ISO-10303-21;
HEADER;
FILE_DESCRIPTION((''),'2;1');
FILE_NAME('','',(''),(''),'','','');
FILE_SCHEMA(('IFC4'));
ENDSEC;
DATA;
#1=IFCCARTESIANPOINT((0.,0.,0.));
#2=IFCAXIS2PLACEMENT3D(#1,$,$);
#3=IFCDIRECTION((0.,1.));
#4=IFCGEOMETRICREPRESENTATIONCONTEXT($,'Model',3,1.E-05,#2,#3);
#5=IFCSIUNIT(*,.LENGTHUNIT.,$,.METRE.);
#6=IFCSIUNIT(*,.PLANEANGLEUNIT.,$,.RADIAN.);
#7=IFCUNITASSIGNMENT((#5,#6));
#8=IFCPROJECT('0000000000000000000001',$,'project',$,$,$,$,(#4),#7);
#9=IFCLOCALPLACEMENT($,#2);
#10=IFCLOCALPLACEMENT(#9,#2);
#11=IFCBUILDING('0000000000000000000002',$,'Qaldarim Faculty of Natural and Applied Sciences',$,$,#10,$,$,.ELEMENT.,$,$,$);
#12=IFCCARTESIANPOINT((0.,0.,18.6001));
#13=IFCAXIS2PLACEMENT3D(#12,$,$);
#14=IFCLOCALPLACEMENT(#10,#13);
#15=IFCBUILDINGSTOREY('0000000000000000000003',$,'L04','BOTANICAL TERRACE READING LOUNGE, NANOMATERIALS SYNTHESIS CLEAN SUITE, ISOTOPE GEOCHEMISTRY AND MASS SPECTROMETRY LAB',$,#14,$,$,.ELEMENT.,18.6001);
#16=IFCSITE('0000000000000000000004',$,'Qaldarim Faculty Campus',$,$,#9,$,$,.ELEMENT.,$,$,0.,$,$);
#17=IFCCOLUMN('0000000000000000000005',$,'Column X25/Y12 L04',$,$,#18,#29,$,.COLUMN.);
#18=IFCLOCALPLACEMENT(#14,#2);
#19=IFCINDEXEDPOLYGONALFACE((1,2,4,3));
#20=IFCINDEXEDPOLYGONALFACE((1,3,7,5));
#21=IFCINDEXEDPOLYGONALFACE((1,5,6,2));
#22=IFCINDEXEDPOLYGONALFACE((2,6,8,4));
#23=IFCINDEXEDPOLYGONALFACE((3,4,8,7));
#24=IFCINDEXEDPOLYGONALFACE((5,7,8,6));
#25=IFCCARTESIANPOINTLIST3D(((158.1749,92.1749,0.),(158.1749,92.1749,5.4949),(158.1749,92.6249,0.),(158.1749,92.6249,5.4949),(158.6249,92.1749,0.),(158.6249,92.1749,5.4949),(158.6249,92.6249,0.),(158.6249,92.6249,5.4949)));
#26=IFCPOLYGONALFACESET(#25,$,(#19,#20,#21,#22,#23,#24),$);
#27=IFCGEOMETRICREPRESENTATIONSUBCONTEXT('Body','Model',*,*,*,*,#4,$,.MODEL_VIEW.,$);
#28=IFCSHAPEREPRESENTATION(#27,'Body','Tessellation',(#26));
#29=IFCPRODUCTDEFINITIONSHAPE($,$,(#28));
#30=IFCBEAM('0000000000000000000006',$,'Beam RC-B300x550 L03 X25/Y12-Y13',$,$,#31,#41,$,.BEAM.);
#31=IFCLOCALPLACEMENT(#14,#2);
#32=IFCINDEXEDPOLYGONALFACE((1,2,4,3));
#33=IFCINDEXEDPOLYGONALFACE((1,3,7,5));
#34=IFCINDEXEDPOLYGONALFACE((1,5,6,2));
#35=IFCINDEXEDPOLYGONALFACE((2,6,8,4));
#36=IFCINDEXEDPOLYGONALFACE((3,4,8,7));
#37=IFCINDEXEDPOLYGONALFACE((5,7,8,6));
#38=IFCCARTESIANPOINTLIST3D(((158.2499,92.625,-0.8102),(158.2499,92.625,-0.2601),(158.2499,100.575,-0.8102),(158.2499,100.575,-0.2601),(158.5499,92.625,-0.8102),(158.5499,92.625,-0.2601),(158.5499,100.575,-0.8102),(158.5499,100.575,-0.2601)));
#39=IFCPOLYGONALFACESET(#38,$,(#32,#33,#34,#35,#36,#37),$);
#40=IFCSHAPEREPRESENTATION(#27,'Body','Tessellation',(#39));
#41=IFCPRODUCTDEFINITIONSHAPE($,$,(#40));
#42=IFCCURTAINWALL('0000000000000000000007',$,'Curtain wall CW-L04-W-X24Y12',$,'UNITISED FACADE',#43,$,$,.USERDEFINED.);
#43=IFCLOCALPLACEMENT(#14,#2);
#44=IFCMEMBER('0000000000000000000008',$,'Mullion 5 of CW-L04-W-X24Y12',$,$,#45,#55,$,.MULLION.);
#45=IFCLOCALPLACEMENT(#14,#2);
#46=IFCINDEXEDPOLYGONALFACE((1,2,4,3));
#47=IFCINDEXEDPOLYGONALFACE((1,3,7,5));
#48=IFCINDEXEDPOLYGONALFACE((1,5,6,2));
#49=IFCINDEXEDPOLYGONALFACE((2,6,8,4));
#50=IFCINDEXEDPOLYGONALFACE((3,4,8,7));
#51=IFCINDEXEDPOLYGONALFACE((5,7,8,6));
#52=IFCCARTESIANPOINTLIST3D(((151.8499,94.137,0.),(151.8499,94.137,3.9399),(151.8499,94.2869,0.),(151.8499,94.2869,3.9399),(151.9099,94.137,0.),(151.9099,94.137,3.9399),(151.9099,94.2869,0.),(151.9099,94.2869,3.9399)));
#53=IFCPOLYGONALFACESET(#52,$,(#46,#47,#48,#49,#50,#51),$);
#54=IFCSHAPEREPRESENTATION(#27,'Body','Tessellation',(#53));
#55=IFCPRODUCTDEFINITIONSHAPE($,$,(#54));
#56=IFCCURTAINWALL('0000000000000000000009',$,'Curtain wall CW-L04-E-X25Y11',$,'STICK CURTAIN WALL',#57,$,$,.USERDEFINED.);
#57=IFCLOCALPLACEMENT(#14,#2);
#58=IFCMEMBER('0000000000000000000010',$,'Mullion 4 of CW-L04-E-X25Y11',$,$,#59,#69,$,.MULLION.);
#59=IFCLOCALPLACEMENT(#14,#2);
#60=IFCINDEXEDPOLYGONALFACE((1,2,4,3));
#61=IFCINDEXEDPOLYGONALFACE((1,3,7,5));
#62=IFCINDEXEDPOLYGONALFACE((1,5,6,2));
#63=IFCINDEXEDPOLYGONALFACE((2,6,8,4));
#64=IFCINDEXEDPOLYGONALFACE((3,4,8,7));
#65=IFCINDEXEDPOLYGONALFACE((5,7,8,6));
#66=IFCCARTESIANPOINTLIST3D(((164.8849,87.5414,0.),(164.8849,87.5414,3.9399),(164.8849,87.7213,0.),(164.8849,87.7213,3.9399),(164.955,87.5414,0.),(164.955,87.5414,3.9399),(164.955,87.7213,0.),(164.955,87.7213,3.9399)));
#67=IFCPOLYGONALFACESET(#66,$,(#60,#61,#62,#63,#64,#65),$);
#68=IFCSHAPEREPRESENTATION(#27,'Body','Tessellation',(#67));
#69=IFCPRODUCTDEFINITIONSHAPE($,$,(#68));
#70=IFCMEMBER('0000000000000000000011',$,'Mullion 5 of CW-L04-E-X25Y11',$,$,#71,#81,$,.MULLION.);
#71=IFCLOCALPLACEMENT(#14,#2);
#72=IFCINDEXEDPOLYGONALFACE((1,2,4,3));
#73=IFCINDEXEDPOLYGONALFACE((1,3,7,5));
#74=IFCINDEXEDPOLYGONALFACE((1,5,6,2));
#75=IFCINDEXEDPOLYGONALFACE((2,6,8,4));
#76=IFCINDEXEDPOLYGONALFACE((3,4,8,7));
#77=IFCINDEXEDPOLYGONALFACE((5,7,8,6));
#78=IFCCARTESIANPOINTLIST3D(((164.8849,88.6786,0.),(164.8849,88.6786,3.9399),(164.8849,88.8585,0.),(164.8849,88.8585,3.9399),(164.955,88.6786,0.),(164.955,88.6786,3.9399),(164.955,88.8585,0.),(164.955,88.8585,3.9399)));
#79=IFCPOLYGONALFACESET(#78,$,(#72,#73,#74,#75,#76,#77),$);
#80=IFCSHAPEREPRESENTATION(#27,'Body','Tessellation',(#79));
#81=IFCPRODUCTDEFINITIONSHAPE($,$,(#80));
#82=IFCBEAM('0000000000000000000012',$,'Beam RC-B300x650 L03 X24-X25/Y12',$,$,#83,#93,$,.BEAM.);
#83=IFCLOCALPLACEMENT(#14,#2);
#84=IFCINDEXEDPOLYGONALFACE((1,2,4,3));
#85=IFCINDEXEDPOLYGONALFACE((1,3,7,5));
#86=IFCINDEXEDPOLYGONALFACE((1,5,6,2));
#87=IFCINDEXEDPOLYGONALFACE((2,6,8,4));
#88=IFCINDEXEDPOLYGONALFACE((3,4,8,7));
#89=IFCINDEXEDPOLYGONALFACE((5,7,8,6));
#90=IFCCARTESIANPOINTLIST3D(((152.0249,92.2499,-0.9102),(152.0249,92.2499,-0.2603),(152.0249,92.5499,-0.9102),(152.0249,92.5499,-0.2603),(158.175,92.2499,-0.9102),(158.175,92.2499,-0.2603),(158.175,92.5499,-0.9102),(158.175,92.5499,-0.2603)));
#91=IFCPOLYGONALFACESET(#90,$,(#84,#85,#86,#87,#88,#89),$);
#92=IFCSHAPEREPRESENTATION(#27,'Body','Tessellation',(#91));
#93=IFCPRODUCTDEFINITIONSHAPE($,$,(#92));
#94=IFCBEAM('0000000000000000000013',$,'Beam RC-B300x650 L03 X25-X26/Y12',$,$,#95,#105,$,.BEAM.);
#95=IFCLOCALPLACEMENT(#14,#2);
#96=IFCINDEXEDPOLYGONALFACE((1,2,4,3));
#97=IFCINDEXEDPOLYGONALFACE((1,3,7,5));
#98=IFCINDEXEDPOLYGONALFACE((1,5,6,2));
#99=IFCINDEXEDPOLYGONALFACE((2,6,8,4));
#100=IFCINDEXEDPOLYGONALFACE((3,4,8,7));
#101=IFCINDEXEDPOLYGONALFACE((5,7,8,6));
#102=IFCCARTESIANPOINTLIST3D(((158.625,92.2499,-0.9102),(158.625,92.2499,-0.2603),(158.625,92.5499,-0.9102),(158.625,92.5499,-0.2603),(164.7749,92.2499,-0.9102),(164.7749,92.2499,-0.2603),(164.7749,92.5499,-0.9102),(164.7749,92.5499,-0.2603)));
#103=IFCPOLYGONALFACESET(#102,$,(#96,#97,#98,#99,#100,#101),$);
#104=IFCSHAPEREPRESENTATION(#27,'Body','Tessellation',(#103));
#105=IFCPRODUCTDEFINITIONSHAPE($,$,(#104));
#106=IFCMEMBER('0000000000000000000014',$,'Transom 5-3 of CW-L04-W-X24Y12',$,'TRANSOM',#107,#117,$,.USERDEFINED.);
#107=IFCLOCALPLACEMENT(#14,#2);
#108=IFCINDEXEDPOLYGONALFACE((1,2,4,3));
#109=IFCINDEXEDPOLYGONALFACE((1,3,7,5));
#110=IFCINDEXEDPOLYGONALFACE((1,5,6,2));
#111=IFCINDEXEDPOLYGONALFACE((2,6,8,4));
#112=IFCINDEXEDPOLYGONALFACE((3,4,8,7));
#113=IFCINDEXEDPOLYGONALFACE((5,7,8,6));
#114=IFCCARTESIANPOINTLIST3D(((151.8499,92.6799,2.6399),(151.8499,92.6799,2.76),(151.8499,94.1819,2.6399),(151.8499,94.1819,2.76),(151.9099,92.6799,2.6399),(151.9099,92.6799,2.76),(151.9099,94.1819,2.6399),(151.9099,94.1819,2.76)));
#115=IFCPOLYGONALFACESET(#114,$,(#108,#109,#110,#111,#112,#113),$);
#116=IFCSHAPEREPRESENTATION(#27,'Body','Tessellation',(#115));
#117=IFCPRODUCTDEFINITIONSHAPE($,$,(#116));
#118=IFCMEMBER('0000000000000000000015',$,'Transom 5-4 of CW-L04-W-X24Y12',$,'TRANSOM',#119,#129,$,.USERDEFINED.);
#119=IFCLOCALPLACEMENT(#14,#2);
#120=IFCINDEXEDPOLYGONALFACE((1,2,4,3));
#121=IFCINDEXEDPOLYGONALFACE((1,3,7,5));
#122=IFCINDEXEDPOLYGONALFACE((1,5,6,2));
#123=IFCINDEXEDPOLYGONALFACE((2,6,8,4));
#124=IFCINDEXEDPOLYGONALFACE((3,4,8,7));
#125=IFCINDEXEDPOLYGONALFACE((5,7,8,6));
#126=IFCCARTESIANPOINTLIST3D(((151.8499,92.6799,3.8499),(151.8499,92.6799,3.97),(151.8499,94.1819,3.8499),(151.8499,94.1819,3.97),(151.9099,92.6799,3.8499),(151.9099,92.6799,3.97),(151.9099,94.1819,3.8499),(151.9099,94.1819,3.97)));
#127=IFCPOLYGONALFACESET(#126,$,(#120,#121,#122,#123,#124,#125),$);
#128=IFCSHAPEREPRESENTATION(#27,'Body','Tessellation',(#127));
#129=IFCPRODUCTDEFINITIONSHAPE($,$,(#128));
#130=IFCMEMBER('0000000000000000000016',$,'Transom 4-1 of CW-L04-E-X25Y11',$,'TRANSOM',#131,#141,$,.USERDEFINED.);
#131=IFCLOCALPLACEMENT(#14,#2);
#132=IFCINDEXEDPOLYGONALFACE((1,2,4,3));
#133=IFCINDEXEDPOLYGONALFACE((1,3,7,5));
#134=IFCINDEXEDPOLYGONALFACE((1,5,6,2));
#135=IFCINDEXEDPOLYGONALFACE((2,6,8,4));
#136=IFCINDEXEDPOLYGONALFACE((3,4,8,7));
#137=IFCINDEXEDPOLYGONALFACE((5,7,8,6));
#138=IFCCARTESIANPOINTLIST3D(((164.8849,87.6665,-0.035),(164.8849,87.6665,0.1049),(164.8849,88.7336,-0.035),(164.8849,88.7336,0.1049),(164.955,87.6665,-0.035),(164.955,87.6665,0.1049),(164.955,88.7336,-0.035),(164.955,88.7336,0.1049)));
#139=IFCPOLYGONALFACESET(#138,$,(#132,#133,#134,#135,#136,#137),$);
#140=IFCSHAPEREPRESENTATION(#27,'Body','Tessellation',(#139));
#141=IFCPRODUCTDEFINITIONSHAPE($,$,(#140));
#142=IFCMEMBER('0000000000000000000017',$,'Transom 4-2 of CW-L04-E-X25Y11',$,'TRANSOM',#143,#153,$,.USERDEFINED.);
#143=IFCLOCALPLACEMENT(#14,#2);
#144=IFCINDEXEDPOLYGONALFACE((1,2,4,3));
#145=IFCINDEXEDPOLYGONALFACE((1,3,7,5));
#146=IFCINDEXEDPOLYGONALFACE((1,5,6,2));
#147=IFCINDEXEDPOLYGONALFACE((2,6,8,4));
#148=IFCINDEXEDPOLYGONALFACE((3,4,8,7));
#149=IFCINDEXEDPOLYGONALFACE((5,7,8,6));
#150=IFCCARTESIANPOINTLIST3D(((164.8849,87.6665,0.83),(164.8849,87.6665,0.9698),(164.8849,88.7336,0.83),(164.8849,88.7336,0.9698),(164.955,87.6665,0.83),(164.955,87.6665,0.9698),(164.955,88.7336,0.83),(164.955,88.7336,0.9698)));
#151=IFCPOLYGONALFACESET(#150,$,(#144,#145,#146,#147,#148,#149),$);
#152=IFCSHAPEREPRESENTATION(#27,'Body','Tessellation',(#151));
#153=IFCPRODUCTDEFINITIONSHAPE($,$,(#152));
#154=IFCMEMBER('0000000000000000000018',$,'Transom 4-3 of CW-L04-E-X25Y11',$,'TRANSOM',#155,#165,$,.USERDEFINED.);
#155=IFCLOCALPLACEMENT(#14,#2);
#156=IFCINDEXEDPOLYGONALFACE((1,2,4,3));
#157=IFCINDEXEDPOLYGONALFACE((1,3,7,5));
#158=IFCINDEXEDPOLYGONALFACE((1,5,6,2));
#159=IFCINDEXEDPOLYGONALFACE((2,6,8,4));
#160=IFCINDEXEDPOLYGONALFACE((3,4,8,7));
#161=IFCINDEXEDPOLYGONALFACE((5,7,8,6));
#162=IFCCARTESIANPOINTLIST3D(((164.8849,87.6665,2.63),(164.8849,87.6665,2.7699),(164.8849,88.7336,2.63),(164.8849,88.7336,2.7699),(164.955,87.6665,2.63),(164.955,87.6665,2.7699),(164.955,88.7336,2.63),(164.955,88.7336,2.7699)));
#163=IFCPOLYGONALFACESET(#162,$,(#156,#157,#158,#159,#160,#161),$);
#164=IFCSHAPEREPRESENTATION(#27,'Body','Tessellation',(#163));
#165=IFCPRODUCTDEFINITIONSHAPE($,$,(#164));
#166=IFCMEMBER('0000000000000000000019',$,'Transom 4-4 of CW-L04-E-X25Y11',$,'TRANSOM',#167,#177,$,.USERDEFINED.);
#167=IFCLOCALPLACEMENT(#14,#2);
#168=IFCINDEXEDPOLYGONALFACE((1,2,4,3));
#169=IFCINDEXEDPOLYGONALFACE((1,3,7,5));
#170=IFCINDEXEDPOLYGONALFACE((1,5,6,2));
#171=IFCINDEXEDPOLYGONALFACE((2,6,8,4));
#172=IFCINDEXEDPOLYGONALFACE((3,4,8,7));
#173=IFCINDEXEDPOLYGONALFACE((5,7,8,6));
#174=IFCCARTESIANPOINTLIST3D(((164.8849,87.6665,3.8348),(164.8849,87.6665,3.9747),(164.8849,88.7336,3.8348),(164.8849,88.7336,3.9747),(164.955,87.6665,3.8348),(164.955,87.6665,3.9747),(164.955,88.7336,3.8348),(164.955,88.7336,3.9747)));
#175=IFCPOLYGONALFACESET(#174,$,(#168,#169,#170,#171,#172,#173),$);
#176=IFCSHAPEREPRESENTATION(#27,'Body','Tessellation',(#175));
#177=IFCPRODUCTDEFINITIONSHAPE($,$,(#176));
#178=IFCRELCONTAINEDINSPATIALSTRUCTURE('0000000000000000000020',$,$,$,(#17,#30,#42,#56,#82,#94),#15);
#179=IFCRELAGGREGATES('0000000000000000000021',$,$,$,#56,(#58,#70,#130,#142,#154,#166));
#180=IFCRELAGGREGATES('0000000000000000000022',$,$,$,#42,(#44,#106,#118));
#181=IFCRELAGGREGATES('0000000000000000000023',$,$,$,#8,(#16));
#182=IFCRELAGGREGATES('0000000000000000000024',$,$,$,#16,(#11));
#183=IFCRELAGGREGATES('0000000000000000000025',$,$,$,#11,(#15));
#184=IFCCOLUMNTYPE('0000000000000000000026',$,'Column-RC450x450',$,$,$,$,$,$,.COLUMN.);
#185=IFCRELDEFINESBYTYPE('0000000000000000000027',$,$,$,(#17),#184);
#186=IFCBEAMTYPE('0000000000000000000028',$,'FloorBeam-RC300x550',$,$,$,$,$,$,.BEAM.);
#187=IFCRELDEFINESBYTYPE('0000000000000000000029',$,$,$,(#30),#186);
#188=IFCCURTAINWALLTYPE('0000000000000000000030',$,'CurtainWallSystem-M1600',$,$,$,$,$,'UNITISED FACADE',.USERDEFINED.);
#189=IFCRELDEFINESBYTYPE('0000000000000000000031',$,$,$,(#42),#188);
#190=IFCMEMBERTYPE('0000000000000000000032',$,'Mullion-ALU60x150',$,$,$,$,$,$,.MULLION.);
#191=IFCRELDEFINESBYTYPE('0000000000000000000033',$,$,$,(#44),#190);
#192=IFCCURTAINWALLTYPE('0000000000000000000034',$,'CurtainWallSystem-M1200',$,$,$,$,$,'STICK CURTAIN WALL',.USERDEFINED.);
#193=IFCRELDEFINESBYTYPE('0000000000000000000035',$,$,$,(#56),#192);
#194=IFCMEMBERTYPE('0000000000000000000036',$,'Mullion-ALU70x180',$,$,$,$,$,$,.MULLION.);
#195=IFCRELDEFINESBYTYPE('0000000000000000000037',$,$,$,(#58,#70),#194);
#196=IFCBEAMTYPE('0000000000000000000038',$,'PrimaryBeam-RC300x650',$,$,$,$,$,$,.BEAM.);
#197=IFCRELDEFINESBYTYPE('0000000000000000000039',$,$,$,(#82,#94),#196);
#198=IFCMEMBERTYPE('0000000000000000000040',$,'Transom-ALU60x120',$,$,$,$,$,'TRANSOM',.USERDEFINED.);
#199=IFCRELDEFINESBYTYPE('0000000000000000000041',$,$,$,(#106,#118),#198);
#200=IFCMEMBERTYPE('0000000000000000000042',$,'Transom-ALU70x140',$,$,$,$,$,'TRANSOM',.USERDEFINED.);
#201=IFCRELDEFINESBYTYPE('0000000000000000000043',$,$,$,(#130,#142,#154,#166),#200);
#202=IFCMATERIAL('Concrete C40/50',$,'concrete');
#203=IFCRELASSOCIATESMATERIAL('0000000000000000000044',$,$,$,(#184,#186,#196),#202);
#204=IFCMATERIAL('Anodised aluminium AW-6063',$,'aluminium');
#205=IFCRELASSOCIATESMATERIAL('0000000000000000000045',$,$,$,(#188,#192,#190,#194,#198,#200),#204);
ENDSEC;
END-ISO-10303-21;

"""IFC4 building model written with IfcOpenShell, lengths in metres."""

from ifc_helpers import new_model, si_unit, direction, frame, origin, origin_2d, place, context, subcontext, project, spatial, rectangle, extrude, material, material_profile, profile_set, type_object, element, aggregate, save


model = new_model("IFC4")

# Units and contexts
model_context = context("Model", 3, precision=1e-05, world=origin(), true_north=direction((0.0, 1.0)))
body_context = subcontext(model_context, "Body", "Model", "MODEL_VIEW")
ifc_project = project(units=[si_unit("LENGTHUNIT", "METRE"), si_unit("PLANEANGLEUNIT", "RADIAN")], contexts=[model_context])

# Site, building, storey
site_placement = place(None, origin())
site = spatial("IfcSite", under=ifc_project, at=site_placement, Name="Qaldarim Faculty Campus", CompositionType="ELEMENT", RefElevation=0.0)
building_placement = place(site_placement, origin())
building = spatial("IfcBuilding", under=site, at=building_placement, Name="Qaldarim Faculty of Natural and Applied Sciences", CompositionType="ELEMENT")
storey_placement = place(building_placement, frame((0.0, 0.0, 18.6001)))
storey = spatial("IfcBuildingStorey", under=building, at=storey_placement, Name="L04", Description="BOTANICAL TERRACE READING LOUNGE, NANOMATERIALS SYNTHESIS CLEAN SUITE, ISOTOPE GEOCHEMISTRY AND MASS SPECTROMETRY LAB", CompositionType="ELEMENT", Elevation=18.6001)

# Column
ifc_material_1 = material(Name="Concrete C40/50", Category="concrete")
ifc_material_profile_1 = material_profile(ifc_material_1, rectangle(XDim=0.45, YDim=0.45, at=origin_2d()), Name="RC-C450x450")
ifc_profile_set_1 = profile_set([ifc_material_profile_1], Name="Concrete C40/50")
column_type = type_object("IfcColumnType", Name="Column-RC450x450", PredefinedType="COLUMN", material=ifc_profile_set_1)
column_placement = place(storey_placement, frame((158.3999, 92.3999, 0.0), z_axis=(0.0, 0.0, 1.0), x_axis=(1.0, 0.0, 0.0)))
element("IfcColumn", 1, at=column_placement, inside=storey, type_object=column_type, Name="Column X25/Y12 L04", PredefinedType="COLUMN", context=body_context, shape_type="SweptSolid", body=[
    extrude(rectangle(XDim=0.45, YDim=0.45, at=origin_2d()), origin(), (0.0, 0.0, 1.0), 5.4949),
])

# Beam
ifc_material_profile_2 = material_profile(ifc_material_1, rectangle(XDim=0.3, YDim=0.55, at=origin_2d()), Name="RC-B300x550")
ifc_profile_set_2 = profile_set([ifc_material_profile_2], Name="Concrete C40/50")
beam_type_1 = type_object("IfcBeamType", Name="FloorBeam-RC300x550", PredefinedType="BEAM", material=ifc_profile_set_2)
beam_1_placement = place(storey_placement, frame((158.3999, 92.625, -0.5352), z_axis=(0.0, 1.0, 0.0), x_axis=(-1.0, 0.0, 0.0)))
element("IfcBeam", 2, at=beam_1_placement, inside=storey, type_object=beam_type_1, Name="Beam RC-B300x550 L03 X25/Y12-Y13", PredefinedType="BEAM", context=body_context, shape_type="SweptSolid", body=[
    extrude(rectangle(XDim=0.3, YDim=0.55, at=origin_2d()), origin(), (0.0, 0.0, 1.0), 7.95),
])

# Curtain wall, member
ifc_material_2 = material(Name="Anodised aluminium AW-6063", Category="aluminium")
curtain_wall_type_1 = type_object("IfcCurtainWallType", Name="CurtainWallSystem-M1600", ElementType="UNITISED FACADE", PredefinedType="USERDEFINED", material=ifc_material_2)
curtain_wall_1_placement = place(storey_placement, origin())
curtain_wall_1 = element("IfcCurtainWall", 3, at=curtain_wall_1_placement, inside=storey, type_object=curtain_wall_type_1, Name="Curtain wall CW-L04-W-X24Y12", ObjectType="UNITISED FACADE", PredefinedType="USERDEFINED")
ifc_material_profile_3 = material_profile(ifc_material_2, rectangle(XDim=0.0601, YDim=0.1499, at=origin_2d()), Name="ALU-M60x150")
ifc_profile_set_3 = profile_set([ifc_material_profile_3], Name="Anodised aluminium AW-6063")
member_type_1 = type_object("IfcMemberType", Name="Mullion-ALU60x150", PredefinedType="MULLION", material=ifc_profile_set_3)
member_1_placement = place(storey_placement, frame((151.8799, 94.2119, 0.0), z_axis=(0.0, 0.0, 1.0), x_axis=(1.0, 0.0, 0.0)))
member_1 = element("IfcMember", 4, at=member_1_placement, type_object=member_type_1, Name="Mullion 5 of CW-L04-W-X24Y12", PredefinedType="MULLION", context=body_context, shape_type="SweptSolid", body=[
    extrude(rectangle(XDim=0.0601, YDim=0.1499, at=origin_2d()), origin(), (0.0, 0.0, 1.0), 3.9399),
])

# Curtain wall, members
curtain_wall_type_2 = type_object("IfcCurtainWallType", Name="CurtainWallSystem-M1200", ElementType="STICK CURTAIN WALL", PredefinedType="USERDEFINED", material=ifc_material_2)
curtain_wall_2_placement = place(storey_placement, origin())
curtain_wall_2 = element("IfcCurtainWall", 5, at=curtain_wall_2_placement, inside=storey, type_object=curtain_wall_type_2, Name="Curtain wall CW-L04-E-X25Y11", ObjectType="STICK CURTAIN WALL", PredefinedType="USERDEFINED")
ifc_material_profile_4 = material_profile(ifc_material_2, rectangle(XDim=0.0701, YDim=0.1799, at=origin_2d()), Name="ALU-M70x180")
ifc_profile_set_4 = profile_set([ifc_material_profile_4], Name="Anodised aluminium AW-6063")
member_type_2 = type_object("IfcMemberType", Name="Mullion-ALU70x180", PredefinedType="MULLION", material=ifc_profile_set_4)
member_2_placement = place(storey_placement, frame((164.9199, 87.6313, 0.0), z_axis=(0.0, 0.0, 1.0), x_axis=(-1.0, 0.0, 0.0)))
member_2 = element("IfcMember", 6, at=member_2_placement, type_object=member_type_2, Name="Mullion 4 of CW-L04-E-X25Y11", PredefinedType="MULLION", context=body_context, shape_type="SweptSolid", body=[
    extrude(rectangle(XDim=0.0701, YDim=0.1799, at=origin_2d()), origin(), (0.0, 0.0, 1.0), 3.9399),
])
member_3_placement = place(storey_placement, frame((164.9199, 88.7686, 0.0), z_axis=(0.0, 0.0, 1.0), x_axis=(-1.0, 0.0, 0.0)))
member_3 = element("IfcMember", 7, at=member_3_placement, type_object=member_type_2, Name="Mullion 5 of CW-L04-E-X25Y11", PredefinedType="MULLION", context=body_context, shape_type="SweptSolid", body=[
    extrude(rectangle(XDim=0.0701, YDim=0.1799, at=origin_2d()), origin(), (0.0, 0.0, 1.0), 3.9399),
])

# Beams
ifc_material_profile_5 = material_profile(ifc_material_1, rectangle(XDim=0.3, YDim=0.6499, at=origin_2d()), Name="RC-B300x650")
ifc_profile_set_5 = profile_set([ifc_material_profile_5], Name="Concrete C40/50")
beam_type_2 = type_object("IfcBeamType", Name="PrimaryBeam-RC300x650", PredefinedType="BEAM", material=ifc_profile_set_5)
beam_2_placement = place(storey_placement, frame((152.0249, 92.3999, -0.5852), z_axis=(1.0, 0.0, 0.0), x_axis=(0.0, 1.0, 0.0)))
element("IfcBeam", 8, at=beam_2_placement, inside=storey, type_object=beam_type_2, Name="Beam RC-B300x650 L03 X24-X25/Y12", PredefinedType="BEAM", context=body_context, shape_type="SweptSolid", body=[
    extrude(rectangle(XDim=0.3, YDim=0.6499, at=origin_2d()), origin(), (0.0, 0.0, 1.0), 6.1501),
])
beam_3_placement = place(storey_placement, frame((158.625, 92.3999, -0.5852), z_axis=(1.0, 0.0, 0.0), x_axis=(0.0, 1.0, 0.0)))
element("IfcBeam", 9, at=beam_3_placement, inside=storey, type_object=beam_type_2, Name="Beam RC-B300x650 L03 X25-X26/Y12", PredefinedType="BEAM", context=body_context, shape_type="SweptSolid", body=[
    extrude(rectangle(XDim=0.3, YDim=0.6499, at=origin_2d()), origin(), (0.0, 0.0, 1.0), 6.1499),
])

# Members
ifc_material_profile_6 = material_profile(ifc_material_2, rectangle(XDim=0.0601, YDim=0.1201, at=origin_2d()), Name="ALU-T60x120")
ifc_profile_set_6 = profile_set([ifc_material_profile_6], Name="Anodised aluminium AW-6063")
member_type_3 = type_object("IfcMemberType", Name="Transom-ALU60x120", ElementType="TRANSOM", PredefinedType="USERDEFINED", material=ifc_profile_set_6)
member_4_placement = place(storey_placement, frame((151.8799, 94.1819, 2.7), z_axis=(0.0, -1.0, 0.0), x_axis=(1.0, 0.0, 0.0)))
member_4 = element("IfcMember", 10, at=member_4_placement, type_object=member_type_3, Name="Transom 5-3 of CW-L04-W-X24Y12", ObjectType="TRANSOM", PredefinedType="USERDEFINED", context=body_context, shape_type="SweptSolid", body=[
    extrude(rectangle(XDim=0.0601, YDim=0.1201, at=origin_2d()), origin(), (0.0, 0.0, 1.0), 1.502),
])
member_5_placement = place(storey_placement, frame((151.8799, 94.1819, 3.9099), z_axis=(0.0, -1.0, 0.0), x_axis=(1.0, 0.0, 0.0)))
member_5 = element("IfcMember", 11, at=member_5_placement, type_object=member_type_3, Name="Transom 5-4 of CW-L04-W-X24Y12", ObjectType="TRANSOM", PredefinedType="USERDEFINED", context=body_context, shape_type="SweptSolid", body=[
    extrude(rectangle(XDim=0.0601, YDim=0.1201, at=origin_2d()), origin(), (0.0, 0.0, 1.0), 1.502),
])
ifc_material_profile_7 = material_profile(ifc_material_2, rectangle(XDim=0.0701, YDim=0.1399, at=origin_2d()), Name="ALU-T70x140")
ifc_profile_set_7 = profile_set([ifc_material_profile_7], Name="Anodised aluminium AW-6063")
member_type_4 = type_object("IfcMemberType", Name="Transom-ALU70x140", ElementType="TRANSOM", PredefinedType="USERDEFINED", material=ifc_profile_set_7)
member_6_placement = place(storey_placement, frame((164.9199, 87.6665, 0.0349), z_axis=(0.0, 1.0, 0.0), x_axis=(-1.0, 0.0, 0.0)))
member_6 = element("IfcMember", 12, at=member_6_placement, type_object=member_type_4, Name="Transom 4-1 of CW-L04-E-X25Y11", ObjectType="TRANSOM", PredefinedType="USERDEFINED", context=body_context, shape_type="SweptSolid", body=[
    extrude(rectangle(XDim=0.0701, YDim=0.1399, at=origin_2d()), origin(), (0.0, 0.0, 1.0), 1.0671),
])
member_7_placement = place(storey_placement, frame((164.9199, 87.6665, 0.8999), z_axis=(0.0, 1.0, 0.0), x_axis=(-1.0, 0.0, 0.0)))
member_7 = element("IfcMember", 13, at=member_7_placement, type_object=member_type_4, Name="Transom 4-2 of CW-L04-E-X25Y11", ObjectType="TRANSOM", PredefinedType="USERDEFINED", context=body_context, shape_type="SweptSolid", body=[
    extrude(rectangle(XDim=0.0701, YDim=0.1399, at=origin_2d()), origin(), (0.0, 0.0, 1.0), 1.0671),
])
member_8_placement = place(storey_placement, frame((164.9199, 87.6665, 2.7), z_axis=(0.0, 1.0, 0.0), x_axis=(-1.0, 0.0, 0.0)))
member_8 = element("IfcMember", 14, at=member_8_placement, type_object=member_type_4, Name="Transom 4-3 of CW-L04-E-X25Y11", ObjectType="TRANSOM", PredefinedType="USERDEFINED", context=body_context, shape_type="SweptSolid", body=[
    extrude(rectangle(XDim=0.0701, YDim=0.1399, at=origin_2d()), origin(), (0.0, 0.0, 1.0), 1.0671),
])
member_9_placement = place(storey_placement, frame((164.9199, 87.6665, 3.9048), z_axis=(0.0, 1.0, 0.0), x_axis=(-1.0, 0.0, 0.0)))
member_9 = element("IfcMember", 15, at=member_9_placement, type_object=member_type_4, Name="Transom 4-4 of CW-L04-E-X25Y11", ObjectType="TRANSOM", PredefinedType="USERDEFINED", context=body_context, shape_type="SweptSolid", body=[
    extrude(rectangle(XDim=0.0701, YDim=0.1399, at=origin_2d()), origin(), (0.0, 0.0, 1.0), 1.0671),
])

aggregate(curtain_wall_2, [member_2, member_3, member_6, member_7, member_8, member_9])
aggregate(curtain_wall_1, [member_1, member_4, member_5])

save(model, "model.ifc")
